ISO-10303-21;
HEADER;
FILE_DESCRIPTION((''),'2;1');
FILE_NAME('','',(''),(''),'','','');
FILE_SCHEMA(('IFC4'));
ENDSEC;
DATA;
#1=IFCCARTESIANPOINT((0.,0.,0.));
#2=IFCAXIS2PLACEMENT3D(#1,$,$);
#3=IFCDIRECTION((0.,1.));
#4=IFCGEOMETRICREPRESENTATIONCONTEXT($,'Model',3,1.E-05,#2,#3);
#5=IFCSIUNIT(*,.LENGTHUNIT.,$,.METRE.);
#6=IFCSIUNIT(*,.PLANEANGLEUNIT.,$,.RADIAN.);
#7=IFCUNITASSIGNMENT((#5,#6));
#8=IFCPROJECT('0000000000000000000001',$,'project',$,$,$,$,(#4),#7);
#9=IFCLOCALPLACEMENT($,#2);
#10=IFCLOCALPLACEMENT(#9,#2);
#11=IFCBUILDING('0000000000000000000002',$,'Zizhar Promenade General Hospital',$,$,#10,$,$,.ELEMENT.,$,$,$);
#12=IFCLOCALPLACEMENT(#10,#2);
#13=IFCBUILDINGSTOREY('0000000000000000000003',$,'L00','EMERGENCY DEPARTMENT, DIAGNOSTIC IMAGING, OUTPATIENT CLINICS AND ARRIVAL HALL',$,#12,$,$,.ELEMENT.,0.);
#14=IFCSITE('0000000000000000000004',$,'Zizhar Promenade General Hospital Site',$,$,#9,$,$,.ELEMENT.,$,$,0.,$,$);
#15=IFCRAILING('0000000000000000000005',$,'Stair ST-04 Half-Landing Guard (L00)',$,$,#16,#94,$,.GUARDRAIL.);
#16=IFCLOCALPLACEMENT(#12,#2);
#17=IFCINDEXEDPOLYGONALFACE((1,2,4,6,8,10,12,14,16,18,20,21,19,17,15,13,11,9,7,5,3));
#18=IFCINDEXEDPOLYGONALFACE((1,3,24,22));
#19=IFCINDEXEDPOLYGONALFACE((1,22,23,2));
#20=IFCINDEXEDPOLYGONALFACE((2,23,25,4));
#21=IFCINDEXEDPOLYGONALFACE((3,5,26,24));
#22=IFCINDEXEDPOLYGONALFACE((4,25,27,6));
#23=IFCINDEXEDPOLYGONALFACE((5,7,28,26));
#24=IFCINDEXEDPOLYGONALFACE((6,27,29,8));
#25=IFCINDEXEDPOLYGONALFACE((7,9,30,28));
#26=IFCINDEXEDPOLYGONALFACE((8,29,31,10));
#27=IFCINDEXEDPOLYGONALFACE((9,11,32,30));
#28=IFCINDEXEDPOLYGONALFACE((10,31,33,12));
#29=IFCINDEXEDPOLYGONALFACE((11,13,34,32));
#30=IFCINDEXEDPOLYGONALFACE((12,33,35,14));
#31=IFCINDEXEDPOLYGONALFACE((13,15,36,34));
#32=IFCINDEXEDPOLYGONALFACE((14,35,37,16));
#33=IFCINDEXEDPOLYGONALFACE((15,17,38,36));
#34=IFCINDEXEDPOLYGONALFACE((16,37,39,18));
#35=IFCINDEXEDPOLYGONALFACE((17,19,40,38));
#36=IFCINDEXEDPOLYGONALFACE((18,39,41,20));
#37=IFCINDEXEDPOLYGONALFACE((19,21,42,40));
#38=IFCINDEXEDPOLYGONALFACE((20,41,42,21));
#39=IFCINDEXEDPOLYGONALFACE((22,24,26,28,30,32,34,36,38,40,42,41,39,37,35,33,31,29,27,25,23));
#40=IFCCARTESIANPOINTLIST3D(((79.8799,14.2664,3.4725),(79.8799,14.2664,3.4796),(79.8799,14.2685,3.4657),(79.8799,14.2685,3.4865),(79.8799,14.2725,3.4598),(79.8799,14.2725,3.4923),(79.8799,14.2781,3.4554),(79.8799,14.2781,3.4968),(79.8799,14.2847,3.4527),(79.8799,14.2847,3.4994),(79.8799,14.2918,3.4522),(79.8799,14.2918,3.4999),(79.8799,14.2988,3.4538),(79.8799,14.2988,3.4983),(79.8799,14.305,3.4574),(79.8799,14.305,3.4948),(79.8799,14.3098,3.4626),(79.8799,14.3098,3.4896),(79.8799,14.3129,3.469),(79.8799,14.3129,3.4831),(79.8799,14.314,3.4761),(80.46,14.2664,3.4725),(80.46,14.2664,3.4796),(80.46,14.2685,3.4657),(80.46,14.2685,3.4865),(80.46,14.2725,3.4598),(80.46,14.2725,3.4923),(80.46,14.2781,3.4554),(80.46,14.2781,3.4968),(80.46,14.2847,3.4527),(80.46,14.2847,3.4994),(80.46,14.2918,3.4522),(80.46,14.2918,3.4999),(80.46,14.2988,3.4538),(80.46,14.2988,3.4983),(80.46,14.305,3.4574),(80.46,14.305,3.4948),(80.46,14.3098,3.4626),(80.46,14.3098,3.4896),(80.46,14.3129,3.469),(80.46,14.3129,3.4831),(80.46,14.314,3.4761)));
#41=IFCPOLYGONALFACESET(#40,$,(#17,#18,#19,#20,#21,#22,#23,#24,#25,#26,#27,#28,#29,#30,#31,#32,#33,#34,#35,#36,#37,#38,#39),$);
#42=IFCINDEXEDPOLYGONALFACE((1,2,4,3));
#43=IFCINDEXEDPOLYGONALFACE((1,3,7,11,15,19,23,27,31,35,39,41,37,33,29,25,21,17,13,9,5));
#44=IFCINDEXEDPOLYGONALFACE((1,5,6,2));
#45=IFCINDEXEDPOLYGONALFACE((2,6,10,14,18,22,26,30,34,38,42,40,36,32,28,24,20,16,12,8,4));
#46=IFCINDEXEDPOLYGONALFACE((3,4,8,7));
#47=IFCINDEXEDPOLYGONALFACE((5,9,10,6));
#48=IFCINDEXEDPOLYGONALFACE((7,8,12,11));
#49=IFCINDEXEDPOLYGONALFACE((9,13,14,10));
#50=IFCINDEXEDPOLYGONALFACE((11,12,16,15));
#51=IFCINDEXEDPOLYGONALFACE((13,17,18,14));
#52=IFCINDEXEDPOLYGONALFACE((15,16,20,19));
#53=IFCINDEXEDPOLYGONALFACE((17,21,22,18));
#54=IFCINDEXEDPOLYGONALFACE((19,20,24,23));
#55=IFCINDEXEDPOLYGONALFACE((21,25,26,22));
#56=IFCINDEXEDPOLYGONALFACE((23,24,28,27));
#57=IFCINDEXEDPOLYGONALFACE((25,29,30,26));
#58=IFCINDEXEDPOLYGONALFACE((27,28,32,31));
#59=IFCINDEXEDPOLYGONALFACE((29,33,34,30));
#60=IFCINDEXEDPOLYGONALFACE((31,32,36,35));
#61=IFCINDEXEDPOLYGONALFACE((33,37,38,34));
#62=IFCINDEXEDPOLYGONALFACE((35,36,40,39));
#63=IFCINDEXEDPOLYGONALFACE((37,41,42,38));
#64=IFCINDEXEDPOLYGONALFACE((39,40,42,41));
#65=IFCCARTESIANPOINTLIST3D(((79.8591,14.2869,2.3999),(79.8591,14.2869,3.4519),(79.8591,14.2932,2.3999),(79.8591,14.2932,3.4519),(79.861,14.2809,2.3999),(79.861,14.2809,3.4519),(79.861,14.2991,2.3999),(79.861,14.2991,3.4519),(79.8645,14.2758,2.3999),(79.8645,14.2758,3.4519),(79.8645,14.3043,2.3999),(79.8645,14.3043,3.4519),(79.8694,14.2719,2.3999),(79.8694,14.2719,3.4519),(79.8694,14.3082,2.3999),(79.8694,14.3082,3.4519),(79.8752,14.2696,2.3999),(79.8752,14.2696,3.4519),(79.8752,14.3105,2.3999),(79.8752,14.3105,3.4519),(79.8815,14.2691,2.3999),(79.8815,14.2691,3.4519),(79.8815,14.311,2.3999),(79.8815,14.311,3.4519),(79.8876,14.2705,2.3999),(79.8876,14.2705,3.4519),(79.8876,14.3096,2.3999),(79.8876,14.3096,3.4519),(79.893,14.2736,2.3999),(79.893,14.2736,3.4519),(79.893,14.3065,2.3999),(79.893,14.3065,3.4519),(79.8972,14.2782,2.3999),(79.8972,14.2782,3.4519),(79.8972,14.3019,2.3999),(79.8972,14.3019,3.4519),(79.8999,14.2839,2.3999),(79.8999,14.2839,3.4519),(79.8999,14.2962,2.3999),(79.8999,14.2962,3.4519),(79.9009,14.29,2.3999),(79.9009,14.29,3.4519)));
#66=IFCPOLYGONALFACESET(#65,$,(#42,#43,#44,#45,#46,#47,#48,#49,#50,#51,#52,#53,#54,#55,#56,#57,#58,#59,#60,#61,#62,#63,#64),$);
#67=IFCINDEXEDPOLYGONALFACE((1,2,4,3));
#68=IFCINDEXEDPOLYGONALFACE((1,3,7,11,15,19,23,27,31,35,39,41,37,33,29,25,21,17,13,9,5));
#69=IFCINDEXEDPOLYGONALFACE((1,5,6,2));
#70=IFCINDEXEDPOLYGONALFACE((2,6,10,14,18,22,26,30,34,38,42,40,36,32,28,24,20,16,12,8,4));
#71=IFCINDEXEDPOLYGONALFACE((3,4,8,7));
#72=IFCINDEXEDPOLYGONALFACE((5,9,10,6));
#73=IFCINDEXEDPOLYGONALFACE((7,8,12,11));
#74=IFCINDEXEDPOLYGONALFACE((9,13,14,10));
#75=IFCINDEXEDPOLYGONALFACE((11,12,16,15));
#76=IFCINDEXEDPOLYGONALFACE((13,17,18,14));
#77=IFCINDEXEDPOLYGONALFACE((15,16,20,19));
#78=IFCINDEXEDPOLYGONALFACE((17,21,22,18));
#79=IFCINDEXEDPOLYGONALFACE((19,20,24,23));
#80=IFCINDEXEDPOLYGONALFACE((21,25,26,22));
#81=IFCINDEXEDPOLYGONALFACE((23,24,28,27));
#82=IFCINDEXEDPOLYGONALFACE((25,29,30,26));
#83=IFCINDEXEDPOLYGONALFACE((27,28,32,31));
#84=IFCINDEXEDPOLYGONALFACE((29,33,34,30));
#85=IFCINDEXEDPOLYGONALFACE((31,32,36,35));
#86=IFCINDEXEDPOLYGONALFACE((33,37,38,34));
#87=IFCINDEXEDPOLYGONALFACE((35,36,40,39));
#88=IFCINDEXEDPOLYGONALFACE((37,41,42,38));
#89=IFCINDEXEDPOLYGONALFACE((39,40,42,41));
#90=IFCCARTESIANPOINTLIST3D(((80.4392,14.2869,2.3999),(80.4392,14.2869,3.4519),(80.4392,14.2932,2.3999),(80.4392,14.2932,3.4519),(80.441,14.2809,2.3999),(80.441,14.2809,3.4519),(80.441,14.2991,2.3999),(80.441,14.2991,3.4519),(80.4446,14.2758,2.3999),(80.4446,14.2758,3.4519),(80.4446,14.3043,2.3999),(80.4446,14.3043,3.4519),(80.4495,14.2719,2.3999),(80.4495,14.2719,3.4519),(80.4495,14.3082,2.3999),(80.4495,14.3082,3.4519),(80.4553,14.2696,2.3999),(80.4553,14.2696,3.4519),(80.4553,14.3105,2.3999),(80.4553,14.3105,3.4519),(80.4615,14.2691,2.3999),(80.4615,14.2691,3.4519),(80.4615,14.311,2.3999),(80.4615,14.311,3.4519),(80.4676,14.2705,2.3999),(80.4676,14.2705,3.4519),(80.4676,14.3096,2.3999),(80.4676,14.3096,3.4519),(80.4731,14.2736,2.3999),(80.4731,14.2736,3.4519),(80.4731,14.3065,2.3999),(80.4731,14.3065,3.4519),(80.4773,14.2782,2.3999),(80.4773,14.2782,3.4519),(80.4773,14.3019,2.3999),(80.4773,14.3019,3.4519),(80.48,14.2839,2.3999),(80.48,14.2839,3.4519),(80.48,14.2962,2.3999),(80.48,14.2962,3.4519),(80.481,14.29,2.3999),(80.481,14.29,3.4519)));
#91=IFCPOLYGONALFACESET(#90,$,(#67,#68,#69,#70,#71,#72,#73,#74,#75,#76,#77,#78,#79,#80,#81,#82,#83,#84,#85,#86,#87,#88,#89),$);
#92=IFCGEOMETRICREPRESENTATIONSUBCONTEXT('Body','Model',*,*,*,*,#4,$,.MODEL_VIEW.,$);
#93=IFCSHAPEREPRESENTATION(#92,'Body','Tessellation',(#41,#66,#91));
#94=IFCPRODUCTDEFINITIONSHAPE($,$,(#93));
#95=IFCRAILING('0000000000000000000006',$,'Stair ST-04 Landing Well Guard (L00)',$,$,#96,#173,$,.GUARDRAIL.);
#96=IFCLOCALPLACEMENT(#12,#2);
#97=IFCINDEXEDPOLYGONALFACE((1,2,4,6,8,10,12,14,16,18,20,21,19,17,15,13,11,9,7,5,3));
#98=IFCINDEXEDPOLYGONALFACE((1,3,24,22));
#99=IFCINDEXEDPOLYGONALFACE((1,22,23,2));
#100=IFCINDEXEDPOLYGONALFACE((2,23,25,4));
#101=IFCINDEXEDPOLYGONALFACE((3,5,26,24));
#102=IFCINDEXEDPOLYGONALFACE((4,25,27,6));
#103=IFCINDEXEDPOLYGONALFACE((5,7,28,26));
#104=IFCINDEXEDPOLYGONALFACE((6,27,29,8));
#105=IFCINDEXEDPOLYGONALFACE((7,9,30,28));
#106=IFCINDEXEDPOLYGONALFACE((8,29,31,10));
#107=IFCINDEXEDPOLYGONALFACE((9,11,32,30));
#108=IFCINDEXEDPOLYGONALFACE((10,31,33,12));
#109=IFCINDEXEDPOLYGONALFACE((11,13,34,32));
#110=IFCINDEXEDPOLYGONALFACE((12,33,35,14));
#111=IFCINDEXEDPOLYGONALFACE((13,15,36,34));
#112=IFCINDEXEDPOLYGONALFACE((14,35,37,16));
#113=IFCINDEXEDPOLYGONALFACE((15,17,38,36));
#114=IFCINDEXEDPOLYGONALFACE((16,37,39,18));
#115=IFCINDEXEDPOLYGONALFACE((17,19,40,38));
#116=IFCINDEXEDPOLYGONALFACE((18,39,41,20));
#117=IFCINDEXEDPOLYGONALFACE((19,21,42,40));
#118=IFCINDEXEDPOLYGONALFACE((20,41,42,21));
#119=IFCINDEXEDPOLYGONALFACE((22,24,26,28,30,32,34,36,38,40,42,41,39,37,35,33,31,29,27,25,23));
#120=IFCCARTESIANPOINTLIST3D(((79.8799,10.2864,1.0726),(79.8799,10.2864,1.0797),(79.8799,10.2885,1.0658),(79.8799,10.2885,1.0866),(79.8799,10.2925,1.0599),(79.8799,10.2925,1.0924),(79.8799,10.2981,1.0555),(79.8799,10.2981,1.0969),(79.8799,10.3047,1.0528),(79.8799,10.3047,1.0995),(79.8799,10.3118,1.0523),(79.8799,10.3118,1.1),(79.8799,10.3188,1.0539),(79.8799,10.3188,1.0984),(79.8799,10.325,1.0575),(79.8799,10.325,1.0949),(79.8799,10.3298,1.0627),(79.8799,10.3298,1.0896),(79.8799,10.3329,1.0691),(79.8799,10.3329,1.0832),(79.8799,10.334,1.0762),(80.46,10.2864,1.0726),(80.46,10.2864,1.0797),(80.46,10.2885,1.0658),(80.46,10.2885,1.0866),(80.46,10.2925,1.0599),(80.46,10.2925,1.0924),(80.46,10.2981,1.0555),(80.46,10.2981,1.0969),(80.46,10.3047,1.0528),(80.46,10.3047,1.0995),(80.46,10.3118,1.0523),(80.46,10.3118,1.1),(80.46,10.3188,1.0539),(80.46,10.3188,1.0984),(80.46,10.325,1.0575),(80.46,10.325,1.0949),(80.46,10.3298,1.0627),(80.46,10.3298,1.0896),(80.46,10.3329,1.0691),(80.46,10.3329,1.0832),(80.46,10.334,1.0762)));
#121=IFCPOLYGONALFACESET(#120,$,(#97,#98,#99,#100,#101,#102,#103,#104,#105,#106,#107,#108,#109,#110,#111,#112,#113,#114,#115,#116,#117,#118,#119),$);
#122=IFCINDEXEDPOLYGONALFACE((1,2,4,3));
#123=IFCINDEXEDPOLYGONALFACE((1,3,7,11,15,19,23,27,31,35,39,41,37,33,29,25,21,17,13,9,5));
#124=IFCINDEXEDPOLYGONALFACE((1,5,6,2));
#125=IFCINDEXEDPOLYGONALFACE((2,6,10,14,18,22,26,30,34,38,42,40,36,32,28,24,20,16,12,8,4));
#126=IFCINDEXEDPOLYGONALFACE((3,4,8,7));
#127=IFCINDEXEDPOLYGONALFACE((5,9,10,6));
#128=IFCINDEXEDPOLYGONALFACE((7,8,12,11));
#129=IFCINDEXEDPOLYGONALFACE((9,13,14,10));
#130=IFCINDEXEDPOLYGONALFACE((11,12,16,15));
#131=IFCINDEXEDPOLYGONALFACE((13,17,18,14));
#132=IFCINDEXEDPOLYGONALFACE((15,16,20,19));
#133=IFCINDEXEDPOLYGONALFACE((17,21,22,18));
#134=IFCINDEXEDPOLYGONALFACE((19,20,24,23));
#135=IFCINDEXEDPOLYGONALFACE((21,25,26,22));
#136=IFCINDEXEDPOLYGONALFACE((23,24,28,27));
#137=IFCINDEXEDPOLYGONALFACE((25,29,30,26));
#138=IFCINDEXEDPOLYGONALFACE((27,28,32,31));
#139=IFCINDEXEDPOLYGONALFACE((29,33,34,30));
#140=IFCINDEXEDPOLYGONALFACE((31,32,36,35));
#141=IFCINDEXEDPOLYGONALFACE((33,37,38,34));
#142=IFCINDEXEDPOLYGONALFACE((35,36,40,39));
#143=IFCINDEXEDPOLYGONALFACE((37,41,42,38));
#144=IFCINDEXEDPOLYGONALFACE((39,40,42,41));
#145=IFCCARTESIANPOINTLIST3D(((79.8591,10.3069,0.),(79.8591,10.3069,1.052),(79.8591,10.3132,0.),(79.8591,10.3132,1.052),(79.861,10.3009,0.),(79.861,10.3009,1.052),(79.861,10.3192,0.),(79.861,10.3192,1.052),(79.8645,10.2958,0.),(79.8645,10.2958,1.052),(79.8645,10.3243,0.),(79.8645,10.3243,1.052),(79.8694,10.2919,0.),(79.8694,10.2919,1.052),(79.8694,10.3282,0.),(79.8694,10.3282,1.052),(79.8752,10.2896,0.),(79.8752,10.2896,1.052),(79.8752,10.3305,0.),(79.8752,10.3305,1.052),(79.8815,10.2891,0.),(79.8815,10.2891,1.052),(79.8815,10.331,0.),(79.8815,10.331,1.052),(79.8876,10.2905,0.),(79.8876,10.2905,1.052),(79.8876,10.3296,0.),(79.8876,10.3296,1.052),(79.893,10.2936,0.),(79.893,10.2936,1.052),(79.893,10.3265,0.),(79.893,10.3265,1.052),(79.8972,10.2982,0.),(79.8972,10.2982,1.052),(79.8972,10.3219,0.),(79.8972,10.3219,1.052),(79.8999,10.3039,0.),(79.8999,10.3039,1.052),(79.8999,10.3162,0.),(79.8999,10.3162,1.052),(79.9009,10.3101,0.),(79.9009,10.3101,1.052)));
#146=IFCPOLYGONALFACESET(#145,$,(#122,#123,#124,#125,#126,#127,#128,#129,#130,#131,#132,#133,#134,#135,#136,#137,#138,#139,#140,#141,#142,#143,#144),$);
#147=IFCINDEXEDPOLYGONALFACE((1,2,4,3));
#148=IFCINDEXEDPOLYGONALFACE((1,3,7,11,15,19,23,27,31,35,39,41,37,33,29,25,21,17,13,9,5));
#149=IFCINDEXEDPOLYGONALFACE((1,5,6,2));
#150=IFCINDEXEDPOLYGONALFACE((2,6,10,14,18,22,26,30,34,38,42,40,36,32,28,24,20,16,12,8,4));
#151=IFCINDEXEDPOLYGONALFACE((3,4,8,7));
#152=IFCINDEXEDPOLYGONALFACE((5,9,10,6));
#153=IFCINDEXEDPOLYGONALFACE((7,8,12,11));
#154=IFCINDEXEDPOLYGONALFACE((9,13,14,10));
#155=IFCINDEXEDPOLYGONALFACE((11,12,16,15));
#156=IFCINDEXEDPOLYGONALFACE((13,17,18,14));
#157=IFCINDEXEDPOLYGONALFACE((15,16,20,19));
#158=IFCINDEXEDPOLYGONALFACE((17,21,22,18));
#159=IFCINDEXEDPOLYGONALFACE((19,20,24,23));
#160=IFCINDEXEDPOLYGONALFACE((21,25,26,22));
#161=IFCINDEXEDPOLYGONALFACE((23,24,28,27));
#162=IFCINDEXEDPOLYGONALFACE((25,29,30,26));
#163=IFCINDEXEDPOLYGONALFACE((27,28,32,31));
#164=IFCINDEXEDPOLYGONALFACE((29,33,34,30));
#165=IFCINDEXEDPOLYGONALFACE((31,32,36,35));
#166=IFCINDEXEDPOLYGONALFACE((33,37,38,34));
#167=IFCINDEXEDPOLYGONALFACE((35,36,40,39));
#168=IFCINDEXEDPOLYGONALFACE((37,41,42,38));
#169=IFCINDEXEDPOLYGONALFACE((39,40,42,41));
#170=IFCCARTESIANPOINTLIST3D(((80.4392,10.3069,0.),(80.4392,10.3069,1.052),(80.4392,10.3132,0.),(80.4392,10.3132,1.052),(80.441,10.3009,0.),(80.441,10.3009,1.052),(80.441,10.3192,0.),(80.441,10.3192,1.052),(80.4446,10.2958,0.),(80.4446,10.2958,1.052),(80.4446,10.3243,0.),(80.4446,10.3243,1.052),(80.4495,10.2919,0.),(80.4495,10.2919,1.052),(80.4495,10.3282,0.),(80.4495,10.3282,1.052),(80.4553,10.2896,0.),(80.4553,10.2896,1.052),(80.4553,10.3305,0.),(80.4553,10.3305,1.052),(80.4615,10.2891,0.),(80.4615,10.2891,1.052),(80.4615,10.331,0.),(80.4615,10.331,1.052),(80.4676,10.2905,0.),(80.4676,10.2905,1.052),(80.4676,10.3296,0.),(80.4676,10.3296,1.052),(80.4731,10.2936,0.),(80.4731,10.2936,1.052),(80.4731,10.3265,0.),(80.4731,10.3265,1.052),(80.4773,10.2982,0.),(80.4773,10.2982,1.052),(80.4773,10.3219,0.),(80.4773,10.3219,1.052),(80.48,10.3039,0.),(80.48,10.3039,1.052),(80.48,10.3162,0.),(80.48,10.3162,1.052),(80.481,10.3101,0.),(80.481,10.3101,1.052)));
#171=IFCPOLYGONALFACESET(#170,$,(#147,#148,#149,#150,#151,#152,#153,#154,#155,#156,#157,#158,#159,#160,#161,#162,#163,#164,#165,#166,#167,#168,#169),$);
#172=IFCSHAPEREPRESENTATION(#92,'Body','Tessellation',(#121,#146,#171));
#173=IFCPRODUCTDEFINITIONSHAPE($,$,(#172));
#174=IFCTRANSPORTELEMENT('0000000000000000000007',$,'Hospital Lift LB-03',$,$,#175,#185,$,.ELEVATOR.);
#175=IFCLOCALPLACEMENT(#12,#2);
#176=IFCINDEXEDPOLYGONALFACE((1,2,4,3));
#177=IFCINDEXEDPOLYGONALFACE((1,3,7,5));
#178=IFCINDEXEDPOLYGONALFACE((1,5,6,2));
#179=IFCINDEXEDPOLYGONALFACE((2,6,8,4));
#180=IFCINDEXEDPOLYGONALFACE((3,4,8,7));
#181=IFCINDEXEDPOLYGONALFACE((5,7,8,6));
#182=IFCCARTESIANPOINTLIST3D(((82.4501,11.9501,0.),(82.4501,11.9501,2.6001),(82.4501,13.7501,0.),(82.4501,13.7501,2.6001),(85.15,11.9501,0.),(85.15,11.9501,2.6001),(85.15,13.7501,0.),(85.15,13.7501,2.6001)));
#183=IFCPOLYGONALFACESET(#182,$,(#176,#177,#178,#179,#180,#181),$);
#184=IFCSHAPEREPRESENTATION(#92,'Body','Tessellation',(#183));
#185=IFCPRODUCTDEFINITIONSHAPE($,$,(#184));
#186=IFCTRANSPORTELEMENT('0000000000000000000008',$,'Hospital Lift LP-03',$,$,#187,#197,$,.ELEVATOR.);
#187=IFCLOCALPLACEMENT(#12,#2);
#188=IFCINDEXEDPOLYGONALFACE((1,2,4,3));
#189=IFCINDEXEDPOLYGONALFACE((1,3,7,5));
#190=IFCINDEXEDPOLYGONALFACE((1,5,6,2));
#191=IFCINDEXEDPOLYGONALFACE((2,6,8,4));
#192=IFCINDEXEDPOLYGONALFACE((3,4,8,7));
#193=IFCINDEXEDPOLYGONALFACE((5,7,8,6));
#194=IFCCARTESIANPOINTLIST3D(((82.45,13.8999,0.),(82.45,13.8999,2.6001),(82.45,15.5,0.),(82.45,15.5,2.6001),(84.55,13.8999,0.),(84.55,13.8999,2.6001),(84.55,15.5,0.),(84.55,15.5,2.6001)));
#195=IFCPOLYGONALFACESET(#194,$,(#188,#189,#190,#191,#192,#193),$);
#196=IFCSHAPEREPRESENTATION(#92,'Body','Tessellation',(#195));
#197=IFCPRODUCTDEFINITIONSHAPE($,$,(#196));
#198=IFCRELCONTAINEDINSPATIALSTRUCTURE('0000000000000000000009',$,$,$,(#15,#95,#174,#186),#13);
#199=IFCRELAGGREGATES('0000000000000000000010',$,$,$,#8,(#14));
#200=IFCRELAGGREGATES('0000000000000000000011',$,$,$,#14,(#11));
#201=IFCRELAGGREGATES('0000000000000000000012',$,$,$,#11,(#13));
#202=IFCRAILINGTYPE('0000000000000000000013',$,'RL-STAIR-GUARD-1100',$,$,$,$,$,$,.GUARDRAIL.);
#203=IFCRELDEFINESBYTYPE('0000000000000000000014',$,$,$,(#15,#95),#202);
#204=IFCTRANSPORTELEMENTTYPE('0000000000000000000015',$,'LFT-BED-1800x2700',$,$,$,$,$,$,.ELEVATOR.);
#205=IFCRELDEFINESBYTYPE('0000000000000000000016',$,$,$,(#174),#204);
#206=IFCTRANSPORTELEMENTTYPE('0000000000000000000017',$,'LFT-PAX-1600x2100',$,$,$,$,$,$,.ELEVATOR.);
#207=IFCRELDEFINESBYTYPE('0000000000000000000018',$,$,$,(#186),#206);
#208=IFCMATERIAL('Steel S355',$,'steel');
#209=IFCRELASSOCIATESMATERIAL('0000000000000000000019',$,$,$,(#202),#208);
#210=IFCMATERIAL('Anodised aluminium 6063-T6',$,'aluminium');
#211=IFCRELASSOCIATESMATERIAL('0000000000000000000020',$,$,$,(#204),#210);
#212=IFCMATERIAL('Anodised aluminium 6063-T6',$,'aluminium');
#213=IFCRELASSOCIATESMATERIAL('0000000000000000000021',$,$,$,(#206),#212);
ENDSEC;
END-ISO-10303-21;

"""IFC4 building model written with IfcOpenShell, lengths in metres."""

from ifc_helpers import new_model, si_unit, direction, frame, origin, origin_2d, place, context, subcontext, project, spatial, rectangle, circle, hollow_circle, extrude, material, material_profile, profile_set, type_object, element, save


model = new_model("IFC4")

# Units and contexts
model_context = context("Model", 3, precision=1e-05, world=origin(), true_north=direction((0.0, 1.0)))
body_context = subcontext(model_context, "Body", "Model", "MODEL_VIEW")
ifc_project = project(units=[si_unit("LENGTHUNIT", "METRE"), si_unit("PLANEANGLEUNIT", "RADIAN")], contexts=[model_context])

# Site, building, storey
site_placement = place(None, origin())
site = spatial("IfcSite", under=ifc_project, at=site_placement, Name="Zizhar Promenade General Hospital Site", CompositionType="ELEMENT", RefElevation=0.0)
building_placement = place(site_placement, origin())
building = spatial("IfcBuilding", under=site, at=building_placement, Name="Zizhar Promenade General Hospital", CompositionType="ELEMENT")
storey_placement = place(building_placement, origin())
storey = spatial("IfcBuildingStorey", under=building, at=storey_placement, Name="L00", Description="EMERGENCY DEPARTMENT, DIAGNOSTIC IMAGING, OUTPATIENT CLINICS AND ARRIVAL HALL", CompositionType="ELEMENT", Elevation=0.0)

# Railings
ifc_material_1 = material(Name="Steel S355", Category="steel")
ifc_material_profile_1 = material_profile(ifc_material_1, hollow_circle(Radius=0.0698, WallThickness=0.0063, at=origin_2d()))
ifc_profile_set_1 = profile_set([ifc_material_profile_1], Name="Steel S355")
railing_type_1 = type_object("IfcRailingType", Name="RL-STAIR-GUARD-1100", PredefinedType="GUARDRAIL", material=ifc_profile_set_1)
for number, where, name in (
    (1, (79.8799, 14.29, 2.3999), "Stair ST-04 Half-Landing Guard (L00)"),
    (2, (79.8799, 10.3101, 0.0), "Stair ST-04 Landing Well Guard (L00)"),
):
    element("IfcRailing", number, at=place(storey_placement, frame(where)), inside=storey, type_object=railing_type_1, Name=name, PredefinedType="GUARDRAIL", context=body_context, shape_type="SweptSolid", body=[
        extrude(circle(Radius=0.0239, at=origin_2d()), frame((0.0, 0.0, 1.0762), z_axis=(1.0, 0.0, 0.0), x_axis=(0.0, 1.0, 0.0)), (0.0, 0.0, 1.0), 0.5801),
        extrude(circle(Radius=0.021, at=origin_2d()), origin(), (0.0, 0.0, 1.0), 1.052),
        extrude(circle(Radius=0.021, at=origin_2d()), frame((0.5801, 0.0, 0.0)), (0.0, 0.0, 1.0), 1.052),
    ])

# Transport elements
ifc_material_2 = material(Name="Anodised aluminium 6063-T6", Category="aluminium")
transport_element_type_1 = type_object("IfcTransportElementType", Name="LFT-BED-1800x2700", PredefinedType="ELEVATOR", material=ifc_material_2)
transport_element_1_placement = place(storey_placement, frame((83.8, 12.8501, 0.0), z_axis=(0.0, 0.0, 1.0), x_axis=(1.0, 0.0, 0.0)))
element("IfcTransportElement", 3, at=transport_element_1_placement, inside=storey, type_object=transport_element_type_1, Name="Hospital Lift LB-03", PredefinedType="ELEVATOR", context=body_context, shape_type="SweptSolid", body=[
    extrude(rectangle(XDim=2.7, YDim=1.8, at=origin_2d()), origin(), (0.0, 0.0, 1.0), 2.6001),
])
ifc_material_3 = material(Name="Anodised aluminium 6063-T6", Category="aluminium")
transport_element_type_2 = type_object("IfcTransportElementType", Name="LFT-PAX-1600x2100", PredefinedType="ELEVATOR", material=ifc_material_3)
transport_element_2_placement = place(storey_placement, frame((83.5, 14.7, 0.0), z_axis=(0.0, 0.0, 1.0), x_axis=(1.0, 0.0, 0.0)))
element("IfcTransportElement", 4, at=transport_element_2_placement, inside=storey, type_object=transport_element_type_2, Name="Hospital Lift LP-03", PredefinedType="ELEVATOR", context=body_context, shape_type="SweptSolid", body=[
    extrude(rectangle(XDim=2.1001, YDim=1.6001, at=origin_2d()), origin(), (0.0, 0.0, 1.0), 2.6001),
])

save(model, "model.ifc")
